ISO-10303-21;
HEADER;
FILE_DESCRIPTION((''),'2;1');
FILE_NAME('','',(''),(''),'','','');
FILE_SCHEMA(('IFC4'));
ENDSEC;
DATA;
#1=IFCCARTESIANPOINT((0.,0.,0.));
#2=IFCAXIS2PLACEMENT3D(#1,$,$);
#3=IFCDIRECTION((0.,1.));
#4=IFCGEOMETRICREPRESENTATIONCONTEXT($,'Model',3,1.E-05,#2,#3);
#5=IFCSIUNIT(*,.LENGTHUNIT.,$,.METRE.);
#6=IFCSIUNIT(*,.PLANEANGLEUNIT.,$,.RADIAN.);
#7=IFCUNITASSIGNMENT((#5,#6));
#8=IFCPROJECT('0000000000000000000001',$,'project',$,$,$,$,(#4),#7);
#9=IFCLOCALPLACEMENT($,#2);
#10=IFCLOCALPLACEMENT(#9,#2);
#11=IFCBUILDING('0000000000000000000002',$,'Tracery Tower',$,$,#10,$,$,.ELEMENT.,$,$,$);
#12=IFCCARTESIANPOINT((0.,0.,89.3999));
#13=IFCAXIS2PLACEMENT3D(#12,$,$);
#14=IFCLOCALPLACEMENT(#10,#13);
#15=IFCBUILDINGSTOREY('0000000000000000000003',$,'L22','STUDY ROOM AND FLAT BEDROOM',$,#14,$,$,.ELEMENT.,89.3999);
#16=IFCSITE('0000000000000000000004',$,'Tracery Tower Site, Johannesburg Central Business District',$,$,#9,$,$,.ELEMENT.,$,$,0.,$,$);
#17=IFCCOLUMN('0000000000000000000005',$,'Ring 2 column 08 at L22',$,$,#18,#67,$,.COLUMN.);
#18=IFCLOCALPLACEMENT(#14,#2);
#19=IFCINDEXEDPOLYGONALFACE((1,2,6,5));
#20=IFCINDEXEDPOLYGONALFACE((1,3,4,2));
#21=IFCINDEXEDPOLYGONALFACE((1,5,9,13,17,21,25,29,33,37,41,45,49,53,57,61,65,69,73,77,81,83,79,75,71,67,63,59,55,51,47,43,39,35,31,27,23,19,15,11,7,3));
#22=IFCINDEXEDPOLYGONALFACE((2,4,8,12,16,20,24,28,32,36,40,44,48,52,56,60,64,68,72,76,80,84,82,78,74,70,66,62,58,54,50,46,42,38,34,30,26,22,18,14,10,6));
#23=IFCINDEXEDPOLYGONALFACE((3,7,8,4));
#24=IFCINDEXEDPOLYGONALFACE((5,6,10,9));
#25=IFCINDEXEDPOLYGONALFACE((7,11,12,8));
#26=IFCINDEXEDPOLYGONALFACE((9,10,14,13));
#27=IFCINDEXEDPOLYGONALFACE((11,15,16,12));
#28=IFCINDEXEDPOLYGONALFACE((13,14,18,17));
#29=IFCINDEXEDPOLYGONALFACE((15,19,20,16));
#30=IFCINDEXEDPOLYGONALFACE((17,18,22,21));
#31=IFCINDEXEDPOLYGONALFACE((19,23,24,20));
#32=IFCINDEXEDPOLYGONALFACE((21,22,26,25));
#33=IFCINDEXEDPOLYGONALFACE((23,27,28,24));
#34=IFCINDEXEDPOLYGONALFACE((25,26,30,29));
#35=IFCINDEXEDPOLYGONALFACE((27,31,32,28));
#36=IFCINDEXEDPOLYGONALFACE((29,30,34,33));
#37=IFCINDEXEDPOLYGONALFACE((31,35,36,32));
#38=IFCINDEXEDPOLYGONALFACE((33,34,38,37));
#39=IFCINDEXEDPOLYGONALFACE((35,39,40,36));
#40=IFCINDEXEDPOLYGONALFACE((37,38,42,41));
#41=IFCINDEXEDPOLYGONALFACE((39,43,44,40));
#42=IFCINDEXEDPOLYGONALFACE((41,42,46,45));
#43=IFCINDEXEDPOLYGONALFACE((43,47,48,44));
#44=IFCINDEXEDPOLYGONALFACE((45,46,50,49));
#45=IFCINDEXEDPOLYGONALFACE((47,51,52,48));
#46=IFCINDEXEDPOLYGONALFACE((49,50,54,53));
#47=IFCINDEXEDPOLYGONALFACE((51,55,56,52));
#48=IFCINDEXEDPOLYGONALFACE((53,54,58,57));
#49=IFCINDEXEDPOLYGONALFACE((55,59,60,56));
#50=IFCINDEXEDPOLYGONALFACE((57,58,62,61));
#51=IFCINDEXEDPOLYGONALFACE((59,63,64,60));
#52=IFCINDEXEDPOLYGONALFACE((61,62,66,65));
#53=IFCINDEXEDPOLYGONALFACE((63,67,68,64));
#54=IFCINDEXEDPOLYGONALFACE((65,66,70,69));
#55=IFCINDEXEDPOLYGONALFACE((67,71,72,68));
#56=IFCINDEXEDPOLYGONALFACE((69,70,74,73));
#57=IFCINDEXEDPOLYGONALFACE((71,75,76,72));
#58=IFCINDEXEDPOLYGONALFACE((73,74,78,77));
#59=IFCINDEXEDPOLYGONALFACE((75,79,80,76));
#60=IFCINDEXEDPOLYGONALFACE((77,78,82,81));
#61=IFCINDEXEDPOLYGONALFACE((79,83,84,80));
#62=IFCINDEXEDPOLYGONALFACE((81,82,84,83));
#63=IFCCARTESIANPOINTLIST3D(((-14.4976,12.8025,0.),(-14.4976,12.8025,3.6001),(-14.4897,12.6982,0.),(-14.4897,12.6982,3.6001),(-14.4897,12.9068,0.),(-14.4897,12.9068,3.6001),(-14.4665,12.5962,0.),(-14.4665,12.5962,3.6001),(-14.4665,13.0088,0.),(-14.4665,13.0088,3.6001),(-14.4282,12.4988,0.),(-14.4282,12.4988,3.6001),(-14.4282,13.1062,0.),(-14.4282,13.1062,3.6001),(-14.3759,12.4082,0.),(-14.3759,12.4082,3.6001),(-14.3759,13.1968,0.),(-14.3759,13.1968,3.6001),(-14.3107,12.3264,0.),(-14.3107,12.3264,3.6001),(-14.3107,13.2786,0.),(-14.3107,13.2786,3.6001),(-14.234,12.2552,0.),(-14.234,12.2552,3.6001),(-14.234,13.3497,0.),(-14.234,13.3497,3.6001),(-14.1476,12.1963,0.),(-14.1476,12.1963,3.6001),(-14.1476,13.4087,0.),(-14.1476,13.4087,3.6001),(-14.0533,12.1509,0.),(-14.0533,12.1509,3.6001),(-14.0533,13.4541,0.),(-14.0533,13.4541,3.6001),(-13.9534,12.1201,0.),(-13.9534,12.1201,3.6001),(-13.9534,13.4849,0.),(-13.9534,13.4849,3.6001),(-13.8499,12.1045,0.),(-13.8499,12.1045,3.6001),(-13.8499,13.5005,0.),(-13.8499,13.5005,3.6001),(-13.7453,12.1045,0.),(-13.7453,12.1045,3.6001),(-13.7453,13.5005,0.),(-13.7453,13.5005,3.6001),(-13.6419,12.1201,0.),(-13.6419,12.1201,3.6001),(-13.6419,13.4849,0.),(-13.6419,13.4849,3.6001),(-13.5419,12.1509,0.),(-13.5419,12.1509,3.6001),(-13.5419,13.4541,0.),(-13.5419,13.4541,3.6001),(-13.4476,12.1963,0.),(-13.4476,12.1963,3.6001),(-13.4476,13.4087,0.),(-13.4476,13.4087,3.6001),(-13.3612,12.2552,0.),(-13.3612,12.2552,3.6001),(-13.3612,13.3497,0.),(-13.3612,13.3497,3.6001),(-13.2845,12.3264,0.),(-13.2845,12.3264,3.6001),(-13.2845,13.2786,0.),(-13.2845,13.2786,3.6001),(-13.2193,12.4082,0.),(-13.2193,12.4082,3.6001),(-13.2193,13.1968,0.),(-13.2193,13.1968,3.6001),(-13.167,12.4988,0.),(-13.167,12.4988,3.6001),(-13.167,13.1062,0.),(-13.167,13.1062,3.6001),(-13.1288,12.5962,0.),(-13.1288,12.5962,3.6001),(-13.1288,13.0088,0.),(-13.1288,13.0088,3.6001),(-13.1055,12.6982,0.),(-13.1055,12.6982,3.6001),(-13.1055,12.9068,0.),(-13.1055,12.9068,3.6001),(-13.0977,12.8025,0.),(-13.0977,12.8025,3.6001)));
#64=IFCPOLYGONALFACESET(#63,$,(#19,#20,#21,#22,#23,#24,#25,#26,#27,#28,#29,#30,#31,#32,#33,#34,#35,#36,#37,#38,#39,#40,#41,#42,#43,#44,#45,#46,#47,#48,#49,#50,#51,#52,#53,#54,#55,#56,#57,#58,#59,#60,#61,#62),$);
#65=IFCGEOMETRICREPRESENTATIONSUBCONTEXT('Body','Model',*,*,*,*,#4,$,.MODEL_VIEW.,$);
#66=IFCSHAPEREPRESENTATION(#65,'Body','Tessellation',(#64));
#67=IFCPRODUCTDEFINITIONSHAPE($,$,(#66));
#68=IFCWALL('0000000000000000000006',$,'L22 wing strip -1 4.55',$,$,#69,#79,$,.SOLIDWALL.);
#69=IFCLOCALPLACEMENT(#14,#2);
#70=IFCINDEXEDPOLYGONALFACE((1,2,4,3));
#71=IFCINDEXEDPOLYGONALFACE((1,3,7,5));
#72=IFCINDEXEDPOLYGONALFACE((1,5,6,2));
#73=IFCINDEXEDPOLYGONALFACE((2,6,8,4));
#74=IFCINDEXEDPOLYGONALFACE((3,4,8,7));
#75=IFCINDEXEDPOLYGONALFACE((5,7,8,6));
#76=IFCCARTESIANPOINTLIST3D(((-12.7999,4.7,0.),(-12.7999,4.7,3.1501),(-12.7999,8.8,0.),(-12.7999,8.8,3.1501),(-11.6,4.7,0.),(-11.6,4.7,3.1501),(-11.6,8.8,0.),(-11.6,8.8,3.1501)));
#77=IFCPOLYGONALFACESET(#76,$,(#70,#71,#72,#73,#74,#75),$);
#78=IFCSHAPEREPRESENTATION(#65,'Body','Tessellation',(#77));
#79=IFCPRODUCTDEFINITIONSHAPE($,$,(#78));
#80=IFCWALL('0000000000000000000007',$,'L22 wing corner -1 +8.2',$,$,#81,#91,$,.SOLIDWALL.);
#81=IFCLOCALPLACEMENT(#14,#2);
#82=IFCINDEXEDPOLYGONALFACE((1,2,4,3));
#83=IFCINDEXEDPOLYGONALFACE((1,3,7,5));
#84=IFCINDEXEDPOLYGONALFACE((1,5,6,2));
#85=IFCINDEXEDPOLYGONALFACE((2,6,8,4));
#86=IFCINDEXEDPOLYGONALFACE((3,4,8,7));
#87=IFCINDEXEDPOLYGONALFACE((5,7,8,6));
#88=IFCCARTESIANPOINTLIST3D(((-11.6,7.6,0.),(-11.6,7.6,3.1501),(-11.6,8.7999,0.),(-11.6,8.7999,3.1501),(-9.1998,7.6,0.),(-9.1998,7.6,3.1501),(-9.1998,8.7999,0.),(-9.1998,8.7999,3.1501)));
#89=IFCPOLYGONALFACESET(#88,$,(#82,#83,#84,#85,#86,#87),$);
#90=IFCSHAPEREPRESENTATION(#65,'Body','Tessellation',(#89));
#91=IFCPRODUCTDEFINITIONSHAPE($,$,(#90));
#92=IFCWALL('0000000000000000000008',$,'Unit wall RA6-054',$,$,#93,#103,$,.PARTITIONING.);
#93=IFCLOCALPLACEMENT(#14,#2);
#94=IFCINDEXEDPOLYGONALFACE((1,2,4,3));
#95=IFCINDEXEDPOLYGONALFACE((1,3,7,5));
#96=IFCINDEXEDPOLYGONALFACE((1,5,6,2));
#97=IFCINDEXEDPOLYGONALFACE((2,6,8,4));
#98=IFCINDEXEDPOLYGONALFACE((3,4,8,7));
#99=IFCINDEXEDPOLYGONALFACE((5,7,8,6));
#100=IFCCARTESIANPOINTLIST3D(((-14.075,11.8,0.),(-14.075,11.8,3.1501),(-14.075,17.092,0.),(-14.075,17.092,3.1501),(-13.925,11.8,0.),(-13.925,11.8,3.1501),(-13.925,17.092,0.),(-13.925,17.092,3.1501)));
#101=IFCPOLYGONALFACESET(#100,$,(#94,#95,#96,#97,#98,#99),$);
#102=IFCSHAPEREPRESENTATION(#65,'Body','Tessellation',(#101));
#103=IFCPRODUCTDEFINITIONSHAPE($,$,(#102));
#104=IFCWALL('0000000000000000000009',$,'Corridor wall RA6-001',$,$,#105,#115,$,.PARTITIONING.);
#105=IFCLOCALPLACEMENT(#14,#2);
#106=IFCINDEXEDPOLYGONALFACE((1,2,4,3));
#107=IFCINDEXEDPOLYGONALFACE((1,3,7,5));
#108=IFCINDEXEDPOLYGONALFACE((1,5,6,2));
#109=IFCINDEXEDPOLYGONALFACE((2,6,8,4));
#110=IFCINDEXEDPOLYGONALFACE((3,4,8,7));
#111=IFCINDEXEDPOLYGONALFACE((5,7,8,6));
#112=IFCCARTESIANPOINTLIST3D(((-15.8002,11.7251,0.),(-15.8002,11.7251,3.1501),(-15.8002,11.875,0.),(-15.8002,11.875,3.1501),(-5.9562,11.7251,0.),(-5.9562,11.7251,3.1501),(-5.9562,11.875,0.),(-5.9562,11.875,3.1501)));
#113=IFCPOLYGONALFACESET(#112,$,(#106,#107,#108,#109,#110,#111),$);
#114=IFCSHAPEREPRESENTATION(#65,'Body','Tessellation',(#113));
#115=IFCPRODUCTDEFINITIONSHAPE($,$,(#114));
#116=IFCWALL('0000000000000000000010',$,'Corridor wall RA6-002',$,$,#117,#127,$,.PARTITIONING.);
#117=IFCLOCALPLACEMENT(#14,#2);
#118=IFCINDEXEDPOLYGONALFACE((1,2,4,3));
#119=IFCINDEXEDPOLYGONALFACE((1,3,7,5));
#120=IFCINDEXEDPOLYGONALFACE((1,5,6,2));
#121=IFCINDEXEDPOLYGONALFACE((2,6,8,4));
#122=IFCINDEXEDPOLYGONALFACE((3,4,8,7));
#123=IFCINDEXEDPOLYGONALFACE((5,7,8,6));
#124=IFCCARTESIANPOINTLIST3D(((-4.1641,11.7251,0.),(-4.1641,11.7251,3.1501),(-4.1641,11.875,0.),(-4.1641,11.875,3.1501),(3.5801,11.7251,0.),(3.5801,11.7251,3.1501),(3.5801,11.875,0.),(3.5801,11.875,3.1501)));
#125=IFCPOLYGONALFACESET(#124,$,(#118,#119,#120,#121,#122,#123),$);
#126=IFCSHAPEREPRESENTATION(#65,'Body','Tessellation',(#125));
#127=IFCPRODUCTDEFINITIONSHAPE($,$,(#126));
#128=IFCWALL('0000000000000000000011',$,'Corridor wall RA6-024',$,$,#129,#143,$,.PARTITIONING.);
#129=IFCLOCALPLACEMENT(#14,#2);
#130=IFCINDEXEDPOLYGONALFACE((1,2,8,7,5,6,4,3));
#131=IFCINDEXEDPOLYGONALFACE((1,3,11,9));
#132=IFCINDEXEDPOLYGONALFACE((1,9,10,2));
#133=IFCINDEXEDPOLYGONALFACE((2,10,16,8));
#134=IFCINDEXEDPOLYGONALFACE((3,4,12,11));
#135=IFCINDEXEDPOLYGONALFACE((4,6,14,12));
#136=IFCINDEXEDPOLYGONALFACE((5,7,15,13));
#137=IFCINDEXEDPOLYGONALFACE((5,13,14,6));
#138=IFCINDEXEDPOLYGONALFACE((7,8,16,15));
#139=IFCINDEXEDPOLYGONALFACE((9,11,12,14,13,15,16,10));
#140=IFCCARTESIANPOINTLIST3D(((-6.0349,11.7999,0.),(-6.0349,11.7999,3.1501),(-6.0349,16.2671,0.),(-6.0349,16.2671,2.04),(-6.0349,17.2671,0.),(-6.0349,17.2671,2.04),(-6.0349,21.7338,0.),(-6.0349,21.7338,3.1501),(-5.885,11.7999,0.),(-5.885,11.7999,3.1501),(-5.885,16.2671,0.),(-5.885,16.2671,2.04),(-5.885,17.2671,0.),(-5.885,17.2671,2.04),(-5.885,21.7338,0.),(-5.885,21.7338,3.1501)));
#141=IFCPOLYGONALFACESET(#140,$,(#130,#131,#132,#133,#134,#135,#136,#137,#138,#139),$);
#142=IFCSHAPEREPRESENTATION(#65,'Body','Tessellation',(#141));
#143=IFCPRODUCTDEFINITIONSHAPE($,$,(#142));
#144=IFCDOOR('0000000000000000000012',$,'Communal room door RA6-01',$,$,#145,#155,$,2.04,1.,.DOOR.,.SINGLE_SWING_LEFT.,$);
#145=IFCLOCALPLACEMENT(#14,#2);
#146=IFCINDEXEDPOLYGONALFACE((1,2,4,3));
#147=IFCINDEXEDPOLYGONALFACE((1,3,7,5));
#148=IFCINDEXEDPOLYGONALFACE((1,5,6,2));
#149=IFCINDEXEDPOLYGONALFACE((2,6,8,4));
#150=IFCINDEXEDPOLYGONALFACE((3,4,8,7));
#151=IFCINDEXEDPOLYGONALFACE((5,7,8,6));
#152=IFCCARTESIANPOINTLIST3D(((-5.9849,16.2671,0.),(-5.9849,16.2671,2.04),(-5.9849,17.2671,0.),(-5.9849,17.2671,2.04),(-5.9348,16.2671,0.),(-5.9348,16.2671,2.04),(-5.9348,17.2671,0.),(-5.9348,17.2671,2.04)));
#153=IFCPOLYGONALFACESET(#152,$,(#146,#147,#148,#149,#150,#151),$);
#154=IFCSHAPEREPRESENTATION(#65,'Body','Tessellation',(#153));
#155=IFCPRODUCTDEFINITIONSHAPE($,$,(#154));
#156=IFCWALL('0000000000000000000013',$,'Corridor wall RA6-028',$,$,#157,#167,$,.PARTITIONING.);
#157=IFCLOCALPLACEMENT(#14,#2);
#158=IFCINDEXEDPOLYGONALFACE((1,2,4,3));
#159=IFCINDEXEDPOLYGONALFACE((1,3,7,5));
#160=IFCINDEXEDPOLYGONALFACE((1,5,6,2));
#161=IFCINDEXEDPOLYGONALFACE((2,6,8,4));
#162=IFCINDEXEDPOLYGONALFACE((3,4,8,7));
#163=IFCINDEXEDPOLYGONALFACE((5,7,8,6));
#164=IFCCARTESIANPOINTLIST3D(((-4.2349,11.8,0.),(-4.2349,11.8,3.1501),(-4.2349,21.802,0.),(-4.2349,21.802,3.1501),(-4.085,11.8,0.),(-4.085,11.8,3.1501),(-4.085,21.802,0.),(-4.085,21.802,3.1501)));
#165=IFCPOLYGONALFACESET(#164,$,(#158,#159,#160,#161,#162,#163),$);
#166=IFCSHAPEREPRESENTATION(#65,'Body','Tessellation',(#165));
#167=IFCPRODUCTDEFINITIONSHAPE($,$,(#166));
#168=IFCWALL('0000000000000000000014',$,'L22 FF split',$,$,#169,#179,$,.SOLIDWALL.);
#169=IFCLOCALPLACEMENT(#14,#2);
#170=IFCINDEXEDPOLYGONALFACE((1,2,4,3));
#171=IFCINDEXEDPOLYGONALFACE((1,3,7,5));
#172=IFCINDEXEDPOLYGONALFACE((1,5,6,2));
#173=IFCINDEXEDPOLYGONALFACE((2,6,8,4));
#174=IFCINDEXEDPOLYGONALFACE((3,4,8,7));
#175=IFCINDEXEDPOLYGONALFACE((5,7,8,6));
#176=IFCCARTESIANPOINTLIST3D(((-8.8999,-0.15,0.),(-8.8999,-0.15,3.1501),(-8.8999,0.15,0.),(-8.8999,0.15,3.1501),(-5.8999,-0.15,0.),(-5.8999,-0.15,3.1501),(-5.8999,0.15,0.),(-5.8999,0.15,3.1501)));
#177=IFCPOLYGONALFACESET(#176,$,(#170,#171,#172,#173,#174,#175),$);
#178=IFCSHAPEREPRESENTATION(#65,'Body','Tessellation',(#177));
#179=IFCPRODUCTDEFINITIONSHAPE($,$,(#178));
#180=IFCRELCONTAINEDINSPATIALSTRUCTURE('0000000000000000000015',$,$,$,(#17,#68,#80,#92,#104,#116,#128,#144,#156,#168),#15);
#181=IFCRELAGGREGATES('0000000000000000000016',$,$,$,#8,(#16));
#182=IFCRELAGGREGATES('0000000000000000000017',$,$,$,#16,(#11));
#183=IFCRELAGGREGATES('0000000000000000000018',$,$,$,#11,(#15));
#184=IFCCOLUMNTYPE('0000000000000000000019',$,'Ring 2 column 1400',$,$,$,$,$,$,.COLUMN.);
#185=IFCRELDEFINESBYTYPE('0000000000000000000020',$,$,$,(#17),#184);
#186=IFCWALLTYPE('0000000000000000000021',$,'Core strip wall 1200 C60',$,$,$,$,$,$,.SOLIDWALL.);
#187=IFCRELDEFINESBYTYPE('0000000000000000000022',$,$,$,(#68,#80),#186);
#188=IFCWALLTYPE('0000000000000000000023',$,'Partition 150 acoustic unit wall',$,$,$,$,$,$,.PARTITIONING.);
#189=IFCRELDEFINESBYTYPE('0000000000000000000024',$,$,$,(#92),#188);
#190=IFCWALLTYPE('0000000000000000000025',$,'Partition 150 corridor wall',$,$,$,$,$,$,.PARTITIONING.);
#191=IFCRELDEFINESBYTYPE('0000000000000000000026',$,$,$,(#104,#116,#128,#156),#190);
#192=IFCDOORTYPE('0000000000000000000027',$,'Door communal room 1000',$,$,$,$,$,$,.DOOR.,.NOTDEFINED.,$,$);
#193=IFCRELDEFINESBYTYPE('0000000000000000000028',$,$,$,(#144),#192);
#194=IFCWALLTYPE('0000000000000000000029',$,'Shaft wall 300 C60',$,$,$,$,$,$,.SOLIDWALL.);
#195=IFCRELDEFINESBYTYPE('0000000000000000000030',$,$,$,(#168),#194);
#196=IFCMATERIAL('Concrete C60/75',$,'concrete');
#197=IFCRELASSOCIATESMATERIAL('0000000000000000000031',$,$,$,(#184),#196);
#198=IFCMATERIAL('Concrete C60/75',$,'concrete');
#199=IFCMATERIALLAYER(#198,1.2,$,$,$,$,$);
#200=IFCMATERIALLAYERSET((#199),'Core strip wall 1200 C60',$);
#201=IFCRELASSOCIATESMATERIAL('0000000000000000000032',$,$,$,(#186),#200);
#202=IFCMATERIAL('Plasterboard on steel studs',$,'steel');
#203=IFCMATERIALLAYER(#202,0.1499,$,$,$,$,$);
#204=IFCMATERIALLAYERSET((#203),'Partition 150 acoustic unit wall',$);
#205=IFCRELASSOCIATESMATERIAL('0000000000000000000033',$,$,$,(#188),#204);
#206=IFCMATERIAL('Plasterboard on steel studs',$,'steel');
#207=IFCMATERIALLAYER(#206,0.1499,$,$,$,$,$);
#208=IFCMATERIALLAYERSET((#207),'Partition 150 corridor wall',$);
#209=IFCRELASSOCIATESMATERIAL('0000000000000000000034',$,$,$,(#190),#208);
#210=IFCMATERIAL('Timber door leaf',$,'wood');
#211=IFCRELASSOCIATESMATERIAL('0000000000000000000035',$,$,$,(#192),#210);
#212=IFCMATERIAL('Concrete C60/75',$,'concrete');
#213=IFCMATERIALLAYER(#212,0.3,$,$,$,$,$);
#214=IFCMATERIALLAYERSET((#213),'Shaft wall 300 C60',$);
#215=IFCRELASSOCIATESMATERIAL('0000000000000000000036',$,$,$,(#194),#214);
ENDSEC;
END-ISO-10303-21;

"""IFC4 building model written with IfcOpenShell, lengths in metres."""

from ifc_helpers import new_model, si_unit, direction, frame, frame_2d, origin, origin_2d, place, context, subcontext, project, spatial, rectangle, circle, extrude, material, layer, layer_set, material_profile, profile_set, type_object, element, fill, save


model = new_model("IFC4")

# Units and contexts
model_context = context("Model", 3, precision=1e-05, world=origin(), true_north=direction((0.0, 1.0)))
body_context = subcontext(model_context, "Body", "Model", "MODEL_VIEW")
ifc_project = project(units=[si_unit("LENGTHUNIT", "METRE"), si_unit("PLANEANGLEUNIT", "RADIAN")], contexts=[model_context])

# Site, building, storey
site_placement = place(None, origin())
site = spatial("IfcSite", under=ifc_project, at=site_placement, Name="Tracery Tower Site, Johannesburg Central Business District", CompositionType="ELEMENT", RefElevation=0.0)
building_placement = place(site_placement, origin())
building = spatial("IfcBuilding", under=site, at=building_placement, Name="Tracery Tower", CompositionType="ELEMENT")
storey_placement = place(building_placement, frame((0.0, 0.0, 89.3999)))
storey = spatial("IfcBuildingStorey", under=building, at=storey_placement, Name="L22", Description="STUDY ROOM AND FLAT BEDROOM", CompositionType="ELEMENT", Elevation=89.3999)

# Column
ifc_material_1 = material(Name="Concrete C60/75", Category="concrete")
ifc_material_profile = material_profile(ifc_material_1, circle(Radius=0.7, at=origin_2d()), Name="RC D1400")
ifc_profile_set = profile_set([ifc_material_profile], Name="Concrete C60/75")
column_type = type_object("IfcColumnType", Name="Ring 2 column 1400", PredefinedType="COLUMN", material=ifc_profile_set)
column_placement = place(storey_placement, frame((-13.7976, 12.8025, 0.0), z_axis=(0.0, 0.0, 1.0), x_axis=(1.0, 0.0, 0.0)))
element("IfcColumn", 1, at=column_placement, inside=storey, type_object=column_type, Name="Ring 2 column 08 at L22", PredefinedType="COLUMN", context=body_context, shape_type="SweptSolid", body=[
    extrude(circle(Radius=0.7, at=origin_2d()), origin(), (0.0, 0.0, 1.0), 3.6001),
])

# Walls
ifc_material_2 = material(Name="Concrete C60/75", Category="concrete")
ifc_layer_1 = layer(ifc_material_2, 1.2)
ifc_layer_set_1 = layer_set([ifc_layer_1], Name="Core strip wall 1200 C60")
wall_type_1 = type_object("IfcWallType", Name="Core strip wall 1200 C60", PredefinedType="SOLIDWALL", material=ifc_layer_set_1)
wall_1_placement = place(storey_placement, frame((-12.2, 4.7, 0.0), z_axis=(0.0, 0.0, 1.0), x_axis=(0.0, 1.0, 0.0)))
element("IfcWall", 2, at=wall_1_placement, inside=storey, type_object=wall_type_1, Name="L22 wing strip -1 4.55", PredefinedType="SOLIDWALL", context=body_context, shape_type="SweptSolid", body=[
    extrude(rectangle(XDim=4.1001, YDim=1.2, at=frame_2d((2.05, 0.0))), origin(), (0.0, 0.0, 1.0), 3.1501),
])
wall_2_placement = place(storey_placement, frame((-11.6001, 8.2, 0.0), z_axis=(0.0, 0.0, 1.0), x_axis=(1.0, 0.0, 0.0)))
element("IfcWall", 3, at=wall_2_placement, inside=storey, type_object=wall_type_1, Name="L22 wing corner -1 +8.2", PredefinedType="SOLIDWALL", context=body_context, shape_type="SweptSolid", body=[
    extrude(rectangle(XDim=2.4001, YDim=1.2, at=frame_2d((1.2002, 0.0))), origin(), (0.0, 0.0, 1.0), 3.1501),
])

# Walls
ifc_material_3 = material(Name="Plasterboard on steel studs", Category="steel")
ifc_layer_2 = layer(ifc_material_3, 0.1499)
ifc_layer_set_2 = layer_set([ifc_layer_2], Name="Partition 150 acoustic unit wall")
wall_type_2 = type_object("IfcWallType", Name="Partition 150 acoustic unit wall", PredefinedType="PARTITIONING", material=ifc_layer_set_2)
wall_3_placement = place(storey_placement, frame((-14.0, 11.8, 0.0), z_axis=(0.0, 0.0, 1.0), x_axis=(0.0, 1.0, 0.0)))
element("IfcWall", 4, at=wall_3_placement, inside=storey, type_object=wall_type_2, Name="Unit wall RA6-054", PredefinedType="PARTITIONING", context=body_context, shape_type="SweptSolid", body=[
    extrude(rectangle(XDim=5.292, YDim=0.1499, at=frame_2d((2.646, 0.0))), origin(), (0.0, 0.0, 1.0), 3.1501),
])
ifc_material_4 = material(Name="Plasterboard on steel studs", Category="steel")
ifc_layer_3 = layer(ifc_material_4, 0.1499)
ifc_layer_set_3 = layer_set([ifc_layer_3], Name="Partition 150 corridor wall")
wall_type_3 = type_object("IfcWallType", Name="Partition 150 corridor wall", PredefinedType="PARTITIONING", material=ifc_layer_set_3)
wall_4_placement = place(storey_placement, frame((-15.8, 11.8, 0.0), z_axis=(0.0, 0.0, 1.0), x_axis=(1.0, 0.0, 0.0)))
element("IfcWall", 5, at=wall_4_placement, inside=storey, type_object=wall_type_3, Name="Corridor wall RA6-001", PredefinedType="PARTITIONING", context=body_context, shape_type="SweptSolid", body=[
    extrude(rectangle(XDim=9.844, YDim=0.1499, at=frame_2d((4.9219, 0.0))), origin(), (0.0, 0.0, 1.0), 3.1501),
])
wall_5_placement = place(storey_placement, frame((-4.1641, 11.8, 0.0), z_axis=(0.0, 0.0, 1.0), x_axis=(1.0, 0.0, 0.0)))
element("IfcWall", 6, at=wall_5_placement, inside=storey, type_object=wall_type_3, Name="Corridor wall RA6-002", PredefinedType="PARTITIONING", context=body_context, shape_type="SweptSolid", body=[
    extrude(rectangle(XDim=7.7441, YDim=0.1499, at=frame_2d((3.8721, 0.0))), origin(), (0.0, 0.0, 1.0), 3.1501),
])

# Wall, opening, door
wall_6_placement = place(storey_placement, frame((-5.96, 11.8, 0.0), z_axis=(0.0, 0.0, 1.0), x_axis=(0.0, 1.0, 0.0)))
wall_6 = element("IfcWall", 7, at=wall_6_placement, inside=storey, type_object=wall_type_3, Name="Corridor wall RA6-024", PredefinedType="PARTITIONING", context=body_context, shape_type="SweptSolid", body=[
    extrude(rectangle(XDim=9.9338, YDim=0.1499, at=frame_2d((4.9668, 0.0))), origin(), (0.0, 0.0, 1.0), 3.1501),
])
opening_1_placement = place(wall_6_placement, frame((4.467, 0.0, 0.0)))
opening_1 = element("IfcOpeningElement", 8, at=opening_1_placement, cuts=wall_6, PredefinedType="OPENING", context=body_context, shape_type="SweptSolid", body=[
    extrude(rectangle(XDim=1.0, YDim=2.04, at=frame_2d((0.5, 1.02))), frame((0.0, 0.075, 0.0), z_axis=(0.0, -1.0, 0.0), x_axis=(1.0, 0.0, 0.0)), (0.0, 0.0, 1.0), 0.1499),
])
ifc_material_5 = material(Name="Timber door leaf", Category="wood")
door_type_1 = type_object("IfcDoorType", Name="Door communal room 1000", OperationType="NOTDEFINED", PredefinedType="DOOR", material=ifc_material_5)
door_1_placement = place(opening_1_placement, origin())
door_1 = element("IfcDoor", 9, at=door_1_placement, inside=storey, type_object=door_type_1, Name="Communal room door RA6-01", OperationType="SINGLE_SWING_LEFT", OverallHeight=2.04, OverallWidth=1.0, PredefinedType="DOOR", context=body_context, shape_type="SweptSolid", body=[
    extrude(rectangle(XDim=1.0, YDim=2.04, at=frame_2d((0.5, 1.02))), frame((0.0, 0.0249, 0.0), z_axis=(0.0, -1.0, 0.0), x_axis=(1.0, 0.0, 0.0)), (0.0, 0.0, 1.0), 0.05),
])
fill(opening_1, door_1)

# Walls
wall_7_placement = place(storey_placement, frame((-4.1599, 11.8, 0.0), z_axis=(0.0, 0.0, 1.0), x_axis=(0.0, 1.0, 0.0)))
element("IfcWall", 10, at=wall_7_placement, inside=storey, type_object=wall_type_3, Name="Corridor wall RA6-028", PredefinedType="PARTITIONING", context=body_context, shape_type="SweptSolid", body=[
    extrude(rectangle(XDim=10.002, YDim=0.1499, at=frame_2d((5.001, 0.0))), origin(), (0.0, 0.0, 1.0), 3.1501),
])
ifc_material_6 = material(Name="Concrete C60/75", Category="concrete")
ifc_layer_4 = layer(ifc_material_6, 0.3)
ifc_layer_set_4 = layer_set([ifc_layer_4], Name="Shaft wall 300 C60")
wall_type_4 = type_object("IfcWallType", Name="Shaft wall 300 C60", PredefinedType="SOLIDWALL", material=ifc_layer_set_4)
wall_8_placement = place(storey_placement, frame((-8.8999, 0.0, 0.0), z_axis=(0.0, 0.0, 1.0), x_axis=(1.0, 0.0, 0.0)))
element("IfcWall", 11, at=wall_8_placement, inside=storey, type_object=wall_type_4, Name="L22 FF split", PredefinedType="SOLIDWALL", context=body_context, shape_type="SweptSolid", body=[
    extrude(rectangle(XDim=3.0, YDim=0.3, at=frame_2d((1.5, 0.0))), origin(), (0.0, 0.0, 1.0), 3.1501),
])

save(model, "model.ifc")
